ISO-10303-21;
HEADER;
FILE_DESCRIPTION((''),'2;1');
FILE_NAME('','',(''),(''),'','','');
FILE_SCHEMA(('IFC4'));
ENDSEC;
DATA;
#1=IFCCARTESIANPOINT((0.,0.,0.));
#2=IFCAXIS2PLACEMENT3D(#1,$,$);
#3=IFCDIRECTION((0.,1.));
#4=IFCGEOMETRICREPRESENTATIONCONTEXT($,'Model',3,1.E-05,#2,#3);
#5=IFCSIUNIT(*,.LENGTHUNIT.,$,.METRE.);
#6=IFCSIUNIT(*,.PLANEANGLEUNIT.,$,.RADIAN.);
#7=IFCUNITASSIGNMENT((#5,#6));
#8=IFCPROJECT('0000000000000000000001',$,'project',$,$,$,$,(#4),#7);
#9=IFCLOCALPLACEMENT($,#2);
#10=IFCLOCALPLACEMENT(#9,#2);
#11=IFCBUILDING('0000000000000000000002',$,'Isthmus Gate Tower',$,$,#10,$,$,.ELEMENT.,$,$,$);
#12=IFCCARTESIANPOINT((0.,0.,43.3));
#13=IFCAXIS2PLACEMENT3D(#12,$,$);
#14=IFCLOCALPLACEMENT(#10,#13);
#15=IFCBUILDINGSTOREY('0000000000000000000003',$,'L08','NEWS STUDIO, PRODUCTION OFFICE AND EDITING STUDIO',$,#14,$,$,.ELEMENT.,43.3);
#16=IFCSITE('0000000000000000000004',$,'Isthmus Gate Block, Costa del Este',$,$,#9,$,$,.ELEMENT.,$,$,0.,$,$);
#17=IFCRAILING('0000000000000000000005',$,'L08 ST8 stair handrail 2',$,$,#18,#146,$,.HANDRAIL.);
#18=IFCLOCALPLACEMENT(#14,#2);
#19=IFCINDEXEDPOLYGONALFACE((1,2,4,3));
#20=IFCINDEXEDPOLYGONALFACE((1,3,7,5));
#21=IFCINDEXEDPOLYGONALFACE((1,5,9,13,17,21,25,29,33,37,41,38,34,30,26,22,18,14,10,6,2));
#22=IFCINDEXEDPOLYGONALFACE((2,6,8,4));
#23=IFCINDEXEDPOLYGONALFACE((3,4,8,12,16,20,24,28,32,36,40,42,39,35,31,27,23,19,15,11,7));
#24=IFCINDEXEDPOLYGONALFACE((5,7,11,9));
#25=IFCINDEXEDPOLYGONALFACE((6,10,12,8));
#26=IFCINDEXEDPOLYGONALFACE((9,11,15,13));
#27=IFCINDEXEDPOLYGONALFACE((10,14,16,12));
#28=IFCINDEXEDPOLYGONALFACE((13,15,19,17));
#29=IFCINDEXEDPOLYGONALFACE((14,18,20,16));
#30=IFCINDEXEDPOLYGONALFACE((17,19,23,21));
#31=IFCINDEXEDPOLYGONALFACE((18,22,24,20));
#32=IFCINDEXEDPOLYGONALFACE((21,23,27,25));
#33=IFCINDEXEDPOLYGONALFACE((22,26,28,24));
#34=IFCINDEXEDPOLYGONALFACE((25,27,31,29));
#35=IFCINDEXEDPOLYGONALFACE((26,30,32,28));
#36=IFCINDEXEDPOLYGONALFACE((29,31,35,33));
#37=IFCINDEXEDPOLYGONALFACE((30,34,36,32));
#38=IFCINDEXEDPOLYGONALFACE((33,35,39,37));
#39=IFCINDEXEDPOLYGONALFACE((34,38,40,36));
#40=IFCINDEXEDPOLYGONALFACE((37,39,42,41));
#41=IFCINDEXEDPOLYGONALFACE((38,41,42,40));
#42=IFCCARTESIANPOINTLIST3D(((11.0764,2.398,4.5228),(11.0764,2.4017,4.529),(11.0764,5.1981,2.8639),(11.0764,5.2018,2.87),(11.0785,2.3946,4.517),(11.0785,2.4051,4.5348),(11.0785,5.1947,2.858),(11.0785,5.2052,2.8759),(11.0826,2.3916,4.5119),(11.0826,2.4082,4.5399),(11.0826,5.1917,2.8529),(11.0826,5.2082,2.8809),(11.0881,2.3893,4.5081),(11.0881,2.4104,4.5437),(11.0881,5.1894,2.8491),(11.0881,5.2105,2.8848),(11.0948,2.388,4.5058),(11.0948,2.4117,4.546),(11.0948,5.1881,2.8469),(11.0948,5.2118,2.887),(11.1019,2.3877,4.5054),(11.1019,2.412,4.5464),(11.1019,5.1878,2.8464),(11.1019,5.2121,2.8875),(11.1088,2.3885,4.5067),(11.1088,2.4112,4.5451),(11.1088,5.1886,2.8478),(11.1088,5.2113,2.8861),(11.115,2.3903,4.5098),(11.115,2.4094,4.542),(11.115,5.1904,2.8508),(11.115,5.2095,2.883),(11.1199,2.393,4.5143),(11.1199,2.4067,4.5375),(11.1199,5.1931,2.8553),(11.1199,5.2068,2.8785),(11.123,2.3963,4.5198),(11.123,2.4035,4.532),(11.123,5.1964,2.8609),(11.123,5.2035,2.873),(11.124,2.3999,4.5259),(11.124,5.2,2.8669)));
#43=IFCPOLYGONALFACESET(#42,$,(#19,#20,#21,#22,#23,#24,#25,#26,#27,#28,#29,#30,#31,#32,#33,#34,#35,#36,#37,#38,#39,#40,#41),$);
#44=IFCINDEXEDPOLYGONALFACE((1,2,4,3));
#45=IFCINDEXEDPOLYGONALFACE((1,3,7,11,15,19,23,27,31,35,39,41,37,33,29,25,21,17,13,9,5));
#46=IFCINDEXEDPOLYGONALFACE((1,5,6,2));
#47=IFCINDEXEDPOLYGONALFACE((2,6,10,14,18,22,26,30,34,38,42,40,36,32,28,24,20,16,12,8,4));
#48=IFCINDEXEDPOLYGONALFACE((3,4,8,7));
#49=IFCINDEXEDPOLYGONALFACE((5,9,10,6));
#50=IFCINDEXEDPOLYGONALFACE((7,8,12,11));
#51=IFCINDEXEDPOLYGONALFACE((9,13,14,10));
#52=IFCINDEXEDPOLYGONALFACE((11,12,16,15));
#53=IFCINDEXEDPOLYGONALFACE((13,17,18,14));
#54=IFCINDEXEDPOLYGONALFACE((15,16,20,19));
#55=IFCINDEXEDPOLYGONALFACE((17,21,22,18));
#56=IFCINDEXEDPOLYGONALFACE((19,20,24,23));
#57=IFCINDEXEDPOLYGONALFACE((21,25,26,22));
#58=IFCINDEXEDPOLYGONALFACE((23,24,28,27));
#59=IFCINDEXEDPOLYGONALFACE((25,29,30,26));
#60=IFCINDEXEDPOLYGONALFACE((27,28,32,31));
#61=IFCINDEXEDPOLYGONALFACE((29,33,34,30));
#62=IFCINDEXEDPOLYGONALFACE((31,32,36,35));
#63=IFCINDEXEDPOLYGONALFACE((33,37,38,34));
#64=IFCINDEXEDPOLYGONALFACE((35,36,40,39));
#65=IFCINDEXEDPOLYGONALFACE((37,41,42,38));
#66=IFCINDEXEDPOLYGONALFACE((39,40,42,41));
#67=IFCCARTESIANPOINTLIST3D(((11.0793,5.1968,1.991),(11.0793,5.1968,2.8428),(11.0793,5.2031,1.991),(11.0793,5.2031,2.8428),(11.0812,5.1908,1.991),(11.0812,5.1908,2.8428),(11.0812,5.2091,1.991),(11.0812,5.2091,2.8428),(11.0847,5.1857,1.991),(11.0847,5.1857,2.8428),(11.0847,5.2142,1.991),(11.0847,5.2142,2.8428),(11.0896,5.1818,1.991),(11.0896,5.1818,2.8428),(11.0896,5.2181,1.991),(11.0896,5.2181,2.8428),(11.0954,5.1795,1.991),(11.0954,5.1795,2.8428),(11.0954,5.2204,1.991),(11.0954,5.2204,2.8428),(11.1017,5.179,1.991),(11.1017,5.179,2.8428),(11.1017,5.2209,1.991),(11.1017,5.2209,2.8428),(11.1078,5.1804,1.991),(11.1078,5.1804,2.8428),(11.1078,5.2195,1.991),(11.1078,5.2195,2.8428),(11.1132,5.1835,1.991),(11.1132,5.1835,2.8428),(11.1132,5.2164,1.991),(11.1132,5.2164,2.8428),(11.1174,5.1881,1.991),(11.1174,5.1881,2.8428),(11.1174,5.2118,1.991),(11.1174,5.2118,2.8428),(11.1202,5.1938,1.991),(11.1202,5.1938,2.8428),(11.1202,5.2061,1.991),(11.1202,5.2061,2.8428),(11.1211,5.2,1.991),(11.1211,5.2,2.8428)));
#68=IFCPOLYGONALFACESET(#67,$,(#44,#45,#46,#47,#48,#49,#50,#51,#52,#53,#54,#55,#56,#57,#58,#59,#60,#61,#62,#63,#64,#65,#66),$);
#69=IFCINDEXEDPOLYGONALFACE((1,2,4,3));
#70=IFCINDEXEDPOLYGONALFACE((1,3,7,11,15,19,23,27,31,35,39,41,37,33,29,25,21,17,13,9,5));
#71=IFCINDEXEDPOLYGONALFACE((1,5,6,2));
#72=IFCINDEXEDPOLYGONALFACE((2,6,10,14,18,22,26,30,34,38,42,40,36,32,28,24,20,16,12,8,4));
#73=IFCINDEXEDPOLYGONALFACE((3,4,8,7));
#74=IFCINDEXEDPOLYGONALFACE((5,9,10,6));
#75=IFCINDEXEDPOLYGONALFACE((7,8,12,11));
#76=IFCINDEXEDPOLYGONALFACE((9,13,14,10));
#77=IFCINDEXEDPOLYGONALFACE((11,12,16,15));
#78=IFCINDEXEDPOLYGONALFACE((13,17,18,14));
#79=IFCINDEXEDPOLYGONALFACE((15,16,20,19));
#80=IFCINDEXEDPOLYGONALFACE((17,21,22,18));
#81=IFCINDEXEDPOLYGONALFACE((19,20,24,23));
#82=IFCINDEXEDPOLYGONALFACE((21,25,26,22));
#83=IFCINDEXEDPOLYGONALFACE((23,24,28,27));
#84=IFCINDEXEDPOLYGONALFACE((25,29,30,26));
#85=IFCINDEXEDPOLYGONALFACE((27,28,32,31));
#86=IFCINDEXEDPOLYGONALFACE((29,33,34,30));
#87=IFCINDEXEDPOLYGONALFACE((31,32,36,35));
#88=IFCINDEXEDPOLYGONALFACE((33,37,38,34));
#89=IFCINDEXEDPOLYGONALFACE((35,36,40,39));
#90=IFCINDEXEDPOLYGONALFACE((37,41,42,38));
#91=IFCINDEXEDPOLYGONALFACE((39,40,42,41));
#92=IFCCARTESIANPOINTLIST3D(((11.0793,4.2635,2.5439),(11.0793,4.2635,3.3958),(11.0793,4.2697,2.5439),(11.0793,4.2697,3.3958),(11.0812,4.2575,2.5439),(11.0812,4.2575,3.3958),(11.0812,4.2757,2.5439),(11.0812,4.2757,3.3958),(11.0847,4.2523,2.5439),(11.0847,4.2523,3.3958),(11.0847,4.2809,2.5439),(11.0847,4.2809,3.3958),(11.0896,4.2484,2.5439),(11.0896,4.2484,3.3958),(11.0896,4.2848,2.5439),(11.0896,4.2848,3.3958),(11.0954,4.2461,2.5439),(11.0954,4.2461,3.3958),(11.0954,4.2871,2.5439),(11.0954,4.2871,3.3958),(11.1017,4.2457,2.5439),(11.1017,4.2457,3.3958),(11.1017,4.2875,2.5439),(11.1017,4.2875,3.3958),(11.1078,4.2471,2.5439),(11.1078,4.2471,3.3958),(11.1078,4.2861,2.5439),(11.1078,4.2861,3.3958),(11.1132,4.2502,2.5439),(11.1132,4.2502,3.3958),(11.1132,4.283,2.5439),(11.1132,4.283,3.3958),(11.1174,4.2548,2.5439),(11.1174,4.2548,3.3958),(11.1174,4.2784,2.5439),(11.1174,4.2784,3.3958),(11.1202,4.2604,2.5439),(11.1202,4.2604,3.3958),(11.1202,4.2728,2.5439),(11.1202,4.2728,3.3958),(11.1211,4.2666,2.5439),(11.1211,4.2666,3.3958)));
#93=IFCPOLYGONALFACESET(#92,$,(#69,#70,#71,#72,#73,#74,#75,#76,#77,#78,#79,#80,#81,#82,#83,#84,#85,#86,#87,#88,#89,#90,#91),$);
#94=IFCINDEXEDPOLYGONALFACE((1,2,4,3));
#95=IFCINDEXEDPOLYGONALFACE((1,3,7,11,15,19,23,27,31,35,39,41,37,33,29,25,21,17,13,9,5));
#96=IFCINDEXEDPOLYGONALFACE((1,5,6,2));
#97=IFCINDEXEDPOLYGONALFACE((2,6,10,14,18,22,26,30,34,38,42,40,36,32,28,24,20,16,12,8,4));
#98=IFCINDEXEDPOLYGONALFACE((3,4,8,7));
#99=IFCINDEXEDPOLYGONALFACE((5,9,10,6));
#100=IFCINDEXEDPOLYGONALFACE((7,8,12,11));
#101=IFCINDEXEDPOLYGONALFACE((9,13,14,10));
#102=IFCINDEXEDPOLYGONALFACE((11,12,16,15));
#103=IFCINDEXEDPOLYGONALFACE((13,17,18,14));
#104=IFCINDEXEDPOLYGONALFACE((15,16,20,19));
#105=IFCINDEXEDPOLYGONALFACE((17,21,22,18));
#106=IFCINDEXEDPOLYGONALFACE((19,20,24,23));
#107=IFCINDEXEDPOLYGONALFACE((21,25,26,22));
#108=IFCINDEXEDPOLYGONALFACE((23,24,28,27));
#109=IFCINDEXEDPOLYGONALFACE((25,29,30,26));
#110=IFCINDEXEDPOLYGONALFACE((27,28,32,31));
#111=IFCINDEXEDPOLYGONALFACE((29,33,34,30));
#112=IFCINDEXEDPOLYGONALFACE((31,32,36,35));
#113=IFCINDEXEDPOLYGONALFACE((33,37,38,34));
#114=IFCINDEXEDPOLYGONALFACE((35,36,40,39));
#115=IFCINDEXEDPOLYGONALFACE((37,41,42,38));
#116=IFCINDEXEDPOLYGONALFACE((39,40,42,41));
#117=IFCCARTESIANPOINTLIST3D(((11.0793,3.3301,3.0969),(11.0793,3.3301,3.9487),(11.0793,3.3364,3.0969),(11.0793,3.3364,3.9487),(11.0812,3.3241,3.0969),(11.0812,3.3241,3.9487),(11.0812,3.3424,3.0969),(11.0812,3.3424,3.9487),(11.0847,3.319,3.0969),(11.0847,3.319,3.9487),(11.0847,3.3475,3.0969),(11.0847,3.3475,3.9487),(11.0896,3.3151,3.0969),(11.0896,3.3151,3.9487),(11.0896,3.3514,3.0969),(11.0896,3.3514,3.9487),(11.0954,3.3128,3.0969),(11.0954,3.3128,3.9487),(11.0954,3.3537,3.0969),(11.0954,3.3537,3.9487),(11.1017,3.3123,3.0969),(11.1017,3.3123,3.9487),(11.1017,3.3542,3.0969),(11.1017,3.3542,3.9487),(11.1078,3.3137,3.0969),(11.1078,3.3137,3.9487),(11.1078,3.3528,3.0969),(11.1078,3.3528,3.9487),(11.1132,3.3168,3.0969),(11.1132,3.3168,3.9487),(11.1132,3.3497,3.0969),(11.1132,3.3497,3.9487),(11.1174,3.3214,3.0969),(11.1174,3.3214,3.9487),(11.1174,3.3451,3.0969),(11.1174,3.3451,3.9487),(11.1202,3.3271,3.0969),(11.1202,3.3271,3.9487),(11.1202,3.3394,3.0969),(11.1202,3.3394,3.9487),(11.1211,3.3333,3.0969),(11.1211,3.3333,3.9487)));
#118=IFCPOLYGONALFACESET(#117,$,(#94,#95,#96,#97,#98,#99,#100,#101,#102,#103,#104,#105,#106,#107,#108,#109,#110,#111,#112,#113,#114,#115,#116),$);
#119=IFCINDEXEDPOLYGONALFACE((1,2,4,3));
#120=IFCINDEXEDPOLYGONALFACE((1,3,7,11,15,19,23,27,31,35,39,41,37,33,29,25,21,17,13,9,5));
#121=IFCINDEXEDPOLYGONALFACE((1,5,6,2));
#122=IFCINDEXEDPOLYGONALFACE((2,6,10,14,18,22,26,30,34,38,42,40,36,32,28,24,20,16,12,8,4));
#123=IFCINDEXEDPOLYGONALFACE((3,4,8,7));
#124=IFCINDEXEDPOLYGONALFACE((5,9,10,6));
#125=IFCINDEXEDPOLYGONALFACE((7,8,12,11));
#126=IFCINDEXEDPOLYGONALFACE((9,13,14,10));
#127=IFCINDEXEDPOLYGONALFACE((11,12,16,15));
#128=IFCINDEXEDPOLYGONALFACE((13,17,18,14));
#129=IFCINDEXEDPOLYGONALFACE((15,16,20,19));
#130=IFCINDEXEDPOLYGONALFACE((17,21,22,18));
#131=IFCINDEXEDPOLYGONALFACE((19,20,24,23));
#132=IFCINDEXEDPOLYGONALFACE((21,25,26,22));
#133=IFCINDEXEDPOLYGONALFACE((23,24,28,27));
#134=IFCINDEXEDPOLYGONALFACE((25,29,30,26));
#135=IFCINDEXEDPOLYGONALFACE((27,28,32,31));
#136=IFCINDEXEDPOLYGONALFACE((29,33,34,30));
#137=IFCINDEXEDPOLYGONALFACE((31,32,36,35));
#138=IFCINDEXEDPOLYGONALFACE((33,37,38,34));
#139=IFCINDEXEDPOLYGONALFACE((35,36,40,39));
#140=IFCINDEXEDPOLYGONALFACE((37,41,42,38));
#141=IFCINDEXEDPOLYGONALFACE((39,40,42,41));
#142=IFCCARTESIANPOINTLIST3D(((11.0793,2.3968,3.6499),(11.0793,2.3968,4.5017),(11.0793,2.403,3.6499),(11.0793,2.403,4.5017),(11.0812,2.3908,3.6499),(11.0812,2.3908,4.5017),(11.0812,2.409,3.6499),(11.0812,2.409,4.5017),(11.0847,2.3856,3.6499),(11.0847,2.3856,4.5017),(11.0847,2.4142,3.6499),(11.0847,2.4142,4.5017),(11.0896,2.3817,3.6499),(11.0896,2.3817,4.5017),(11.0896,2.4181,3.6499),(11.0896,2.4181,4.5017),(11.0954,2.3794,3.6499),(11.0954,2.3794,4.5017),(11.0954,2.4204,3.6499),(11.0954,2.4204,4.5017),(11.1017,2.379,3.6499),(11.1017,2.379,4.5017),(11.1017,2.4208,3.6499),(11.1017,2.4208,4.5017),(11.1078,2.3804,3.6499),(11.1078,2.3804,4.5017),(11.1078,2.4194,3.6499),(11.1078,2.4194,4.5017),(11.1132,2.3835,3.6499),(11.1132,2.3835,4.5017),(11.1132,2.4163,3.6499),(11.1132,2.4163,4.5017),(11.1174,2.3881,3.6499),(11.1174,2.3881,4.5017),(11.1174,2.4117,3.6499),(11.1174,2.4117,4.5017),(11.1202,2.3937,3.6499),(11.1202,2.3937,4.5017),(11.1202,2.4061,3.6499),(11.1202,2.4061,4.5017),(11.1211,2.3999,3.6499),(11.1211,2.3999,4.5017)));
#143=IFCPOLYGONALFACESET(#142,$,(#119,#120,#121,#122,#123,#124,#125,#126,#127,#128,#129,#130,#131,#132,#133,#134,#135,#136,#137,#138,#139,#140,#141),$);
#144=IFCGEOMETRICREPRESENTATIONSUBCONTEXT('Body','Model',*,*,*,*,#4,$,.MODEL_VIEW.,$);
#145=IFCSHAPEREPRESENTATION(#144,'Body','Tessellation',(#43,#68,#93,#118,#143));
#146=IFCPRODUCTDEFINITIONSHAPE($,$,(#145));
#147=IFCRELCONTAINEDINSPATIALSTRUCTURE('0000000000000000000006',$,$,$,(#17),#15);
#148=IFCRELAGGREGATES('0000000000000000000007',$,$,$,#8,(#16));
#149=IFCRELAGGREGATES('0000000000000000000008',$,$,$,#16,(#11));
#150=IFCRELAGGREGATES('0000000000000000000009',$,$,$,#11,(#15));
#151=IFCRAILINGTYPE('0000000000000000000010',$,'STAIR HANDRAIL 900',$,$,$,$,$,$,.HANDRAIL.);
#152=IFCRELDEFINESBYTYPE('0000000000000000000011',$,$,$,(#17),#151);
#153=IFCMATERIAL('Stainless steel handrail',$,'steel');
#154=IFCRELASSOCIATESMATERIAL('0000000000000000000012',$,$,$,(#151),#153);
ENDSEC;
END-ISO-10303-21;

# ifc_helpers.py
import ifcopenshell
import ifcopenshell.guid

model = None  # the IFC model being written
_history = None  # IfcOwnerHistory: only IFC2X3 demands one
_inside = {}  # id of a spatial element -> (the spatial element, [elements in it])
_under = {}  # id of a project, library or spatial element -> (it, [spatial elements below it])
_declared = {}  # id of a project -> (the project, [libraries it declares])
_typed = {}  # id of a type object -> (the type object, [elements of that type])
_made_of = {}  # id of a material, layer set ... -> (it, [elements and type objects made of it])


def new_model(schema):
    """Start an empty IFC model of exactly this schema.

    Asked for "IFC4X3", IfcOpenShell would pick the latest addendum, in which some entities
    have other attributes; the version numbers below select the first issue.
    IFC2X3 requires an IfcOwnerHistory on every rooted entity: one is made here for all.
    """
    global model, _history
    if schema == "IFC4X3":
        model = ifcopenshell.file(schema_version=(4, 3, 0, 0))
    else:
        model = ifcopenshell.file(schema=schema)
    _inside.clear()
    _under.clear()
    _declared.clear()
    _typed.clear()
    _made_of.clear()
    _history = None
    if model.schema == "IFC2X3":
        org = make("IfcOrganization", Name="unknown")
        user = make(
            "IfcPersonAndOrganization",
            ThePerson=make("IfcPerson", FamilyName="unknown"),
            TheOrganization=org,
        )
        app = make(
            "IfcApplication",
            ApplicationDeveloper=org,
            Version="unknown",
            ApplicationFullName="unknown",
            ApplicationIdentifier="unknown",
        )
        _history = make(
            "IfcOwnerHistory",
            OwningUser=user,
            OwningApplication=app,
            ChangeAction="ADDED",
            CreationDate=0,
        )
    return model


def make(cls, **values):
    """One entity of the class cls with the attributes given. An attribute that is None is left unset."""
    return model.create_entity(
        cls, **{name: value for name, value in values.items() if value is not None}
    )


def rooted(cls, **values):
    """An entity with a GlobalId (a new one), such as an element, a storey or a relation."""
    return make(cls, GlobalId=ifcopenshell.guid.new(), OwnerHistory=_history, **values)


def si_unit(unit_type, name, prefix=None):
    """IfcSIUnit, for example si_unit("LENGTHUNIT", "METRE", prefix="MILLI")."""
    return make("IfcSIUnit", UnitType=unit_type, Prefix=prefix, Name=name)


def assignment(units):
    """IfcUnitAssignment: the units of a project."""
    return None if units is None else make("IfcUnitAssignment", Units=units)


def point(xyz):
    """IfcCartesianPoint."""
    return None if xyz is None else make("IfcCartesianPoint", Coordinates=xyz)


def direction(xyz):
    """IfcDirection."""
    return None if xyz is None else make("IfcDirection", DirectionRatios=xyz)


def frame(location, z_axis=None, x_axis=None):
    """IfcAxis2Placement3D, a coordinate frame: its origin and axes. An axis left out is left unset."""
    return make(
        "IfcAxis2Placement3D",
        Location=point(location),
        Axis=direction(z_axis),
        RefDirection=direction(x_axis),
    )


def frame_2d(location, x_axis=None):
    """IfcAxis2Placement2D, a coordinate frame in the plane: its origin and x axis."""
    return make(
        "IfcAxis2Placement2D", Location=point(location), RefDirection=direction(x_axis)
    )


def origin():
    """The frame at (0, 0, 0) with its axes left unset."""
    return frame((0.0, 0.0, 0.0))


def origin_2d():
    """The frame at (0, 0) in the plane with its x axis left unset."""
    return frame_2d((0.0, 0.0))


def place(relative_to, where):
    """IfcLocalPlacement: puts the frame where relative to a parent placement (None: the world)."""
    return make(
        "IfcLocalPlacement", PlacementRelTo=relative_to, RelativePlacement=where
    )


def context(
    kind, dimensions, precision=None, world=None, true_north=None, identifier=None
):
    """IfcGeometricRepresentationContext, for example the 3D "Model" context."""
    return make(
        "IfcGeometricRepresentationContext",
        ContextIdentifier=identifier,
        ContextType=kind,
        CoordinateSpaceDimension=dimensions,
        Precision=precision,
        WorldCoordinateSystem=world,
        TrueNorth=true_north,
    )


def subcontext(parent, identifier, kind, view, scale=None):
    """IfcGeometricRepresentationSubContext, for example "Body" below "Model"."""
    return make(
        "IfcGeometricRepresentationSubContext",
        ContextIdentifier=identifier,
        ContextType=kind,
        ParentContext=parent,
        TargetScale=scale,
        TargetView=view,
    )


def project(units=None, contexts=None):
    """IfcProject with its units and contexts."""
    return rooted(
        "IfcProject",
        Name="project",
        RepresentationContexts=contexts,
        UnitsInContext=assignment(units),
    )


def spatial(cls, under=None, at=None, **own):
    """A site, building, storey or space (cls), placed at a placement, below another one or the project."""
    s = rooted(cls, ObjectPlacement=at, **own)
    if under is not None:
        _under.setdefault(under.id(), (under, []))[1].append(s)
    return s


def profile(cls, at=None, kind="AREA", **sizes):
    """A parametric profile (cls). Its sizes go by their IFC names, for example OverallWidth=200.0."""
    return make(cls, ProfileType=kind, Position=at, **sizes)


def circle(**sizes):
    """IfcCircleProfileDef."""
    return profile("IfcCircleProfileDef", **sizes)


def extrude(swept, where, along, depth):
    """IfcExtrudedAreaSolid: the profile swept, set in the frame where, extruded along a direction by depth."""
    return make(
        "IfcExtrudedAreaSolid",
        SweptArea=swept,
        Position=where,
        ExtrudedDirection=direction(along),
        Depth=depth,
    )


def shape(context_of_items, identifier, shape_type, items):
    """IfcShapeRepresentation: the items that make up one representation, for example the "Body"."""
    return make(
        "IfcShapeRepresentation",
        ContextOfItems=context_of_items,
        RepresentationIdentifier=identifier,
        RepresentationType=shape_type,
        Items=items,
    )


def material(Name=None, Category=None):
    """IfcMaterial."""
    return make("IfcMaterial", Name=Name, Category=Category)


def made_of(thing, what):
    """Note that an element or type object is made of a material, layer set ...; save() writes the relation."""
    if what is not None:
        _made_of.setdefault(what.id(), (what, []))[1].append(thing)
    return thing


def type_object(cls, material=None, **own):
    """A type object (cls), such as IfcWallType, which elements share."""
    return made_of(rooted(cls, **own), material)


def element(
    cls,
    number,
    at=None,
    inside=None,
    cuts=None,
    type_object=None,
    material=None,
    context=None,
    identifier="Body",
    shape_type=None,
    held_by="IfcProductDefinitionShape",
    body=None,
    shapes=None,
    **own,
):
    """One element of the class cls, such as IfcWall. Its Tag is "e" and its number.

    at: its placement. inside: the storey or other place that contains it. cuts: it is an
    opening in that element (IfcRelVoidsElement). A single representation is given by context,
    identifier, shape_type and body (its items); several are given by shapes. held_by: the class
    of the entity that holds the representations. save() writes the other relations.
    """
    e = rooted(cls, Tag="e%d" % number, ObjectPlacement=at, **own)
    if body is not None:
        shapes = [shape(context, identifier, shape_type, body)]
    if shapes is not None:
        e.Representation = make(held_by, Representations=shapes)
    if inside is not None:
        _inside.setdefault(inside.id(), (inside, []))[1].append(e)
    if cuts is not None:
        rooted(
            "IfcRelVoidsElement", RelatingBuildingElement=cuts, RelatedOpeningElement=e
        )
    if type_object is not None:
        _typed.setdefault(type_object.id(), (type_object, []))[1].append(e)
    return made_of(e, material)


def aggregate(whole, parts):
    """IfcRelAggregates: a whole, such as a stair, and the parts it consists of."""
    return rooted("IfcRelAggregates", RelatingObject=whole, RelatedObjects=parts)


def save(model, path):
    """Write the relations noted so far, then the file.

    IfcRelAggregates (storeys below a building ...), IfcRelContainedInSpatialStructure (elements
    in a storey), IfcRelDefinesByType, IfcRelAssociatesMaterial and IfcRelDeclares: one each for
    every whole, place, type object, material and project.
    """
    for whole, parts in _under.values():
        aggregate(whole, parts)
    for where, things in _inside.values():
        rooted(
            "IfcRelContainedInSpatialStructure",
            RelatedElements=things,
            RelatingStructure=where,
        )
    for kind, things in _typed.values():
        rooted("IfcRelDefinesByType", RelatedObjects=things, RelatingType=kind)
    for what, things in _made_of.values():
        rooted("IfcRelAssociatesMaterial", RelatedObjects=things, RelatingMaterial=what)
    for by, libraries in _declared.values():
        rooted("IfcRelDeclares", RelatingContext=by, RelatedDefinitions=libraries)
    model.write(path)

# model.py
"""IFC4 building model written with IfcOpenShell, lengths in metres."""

from ifc_helpers import new_model, si_unit, direction, frame, origin, origin_2d, place, context, subcontext, project, spatial, circle, extrude, material, type_object, element, save


model = new_model("IFC4")

# Units and contexts
model_context = context("Model", 3, precision=1e-05, world=origin(), true_north=direction((0.0, 1.0)))
body_context = subcontext(model_context, "Body", "Model", "MODEL_VIEW")
ifc_project = project(units=[si_unit("LENGTHUNIT", "METRE"), si_unit("PLANEANGLEUNIT", "RADIAN")], contexts=[model_context])

# Site, building, storey
site_placement = place(None, origin())
site = spatial("IfcSite", under=ifc_project, at=site_placement, Name="Isthmus Gate Block, Costa del Este", CompositionType="ELEMENT", RefElevation=0.0)
building_placement = place(site_placement, origin())
building = spatial("IfcBuilding", under=site, at=building_placement, Name="Isthmus Gate Tower", CompositionType="ELEMENT")
storey_placement = place(building_placement, frame((0.0, 0.0, 43.3)))
storey = spatial("IfcBuildingStorey", under=building, at=storey_placement, Name="L08", Description="NEWS STUDIO, PRODUCTION OFFICE AND EDITING STUDIO", CompositionType="ELEMENT", Elevation=43.3)

# Railing
ifc_material_1 = material(Name="Stainless steel handrail", Category="steel")
railing_type_1 = type_object("IfcRailingType", Name="STAIR HANDRAIL 900", PredefinedType="HANDRAIL", material=ifc_material_1)
railing_1_placement = place(storey_placement, frame((11.1001, 5.2, 1.991)))
element("IfcRailing", 1, at=railing_1_placement, inside=storey, type_object=railing_type_1, Name="L08 ST8 stair handrail 2", PredefinedType="HANDRAIL", context=body_context, shape_type="SweptSolid", body=[
    extrude(circle(Radius=0.0239, at=origin_2d()), frame((0.0, 0.0, 0.876), z_axis=(0.0, -0.860339, 0.509722), x_axis=(1.0, 0.0, 0.0)), (0.0, 0.0, 1.0), 3.2546),
    extrude(circle(Radius=0.021, at=origin_2d()), origin(), (0.0, 0.0, 1.0), 0.8518),
    extrude(circle(Radius=0.021, at=origin_2d()), frame((0.0, -0.9333, 0.553)), (0.0, 0.0, 1.0), 0.8518),
    extrude(circle(Radius=0.021, at=origin_2d()), frame((0.0, -1.8667, 1.106)), (0.0, 0.0, 1.0), 0.8518),
    extrude(circle(Radius=0.021, at=origin_2d()), frame((0.0, -2.8, 1.6589)), (0.0, 0.0, 1.0), 0.8518),
])

save(model, "model.ifc")
